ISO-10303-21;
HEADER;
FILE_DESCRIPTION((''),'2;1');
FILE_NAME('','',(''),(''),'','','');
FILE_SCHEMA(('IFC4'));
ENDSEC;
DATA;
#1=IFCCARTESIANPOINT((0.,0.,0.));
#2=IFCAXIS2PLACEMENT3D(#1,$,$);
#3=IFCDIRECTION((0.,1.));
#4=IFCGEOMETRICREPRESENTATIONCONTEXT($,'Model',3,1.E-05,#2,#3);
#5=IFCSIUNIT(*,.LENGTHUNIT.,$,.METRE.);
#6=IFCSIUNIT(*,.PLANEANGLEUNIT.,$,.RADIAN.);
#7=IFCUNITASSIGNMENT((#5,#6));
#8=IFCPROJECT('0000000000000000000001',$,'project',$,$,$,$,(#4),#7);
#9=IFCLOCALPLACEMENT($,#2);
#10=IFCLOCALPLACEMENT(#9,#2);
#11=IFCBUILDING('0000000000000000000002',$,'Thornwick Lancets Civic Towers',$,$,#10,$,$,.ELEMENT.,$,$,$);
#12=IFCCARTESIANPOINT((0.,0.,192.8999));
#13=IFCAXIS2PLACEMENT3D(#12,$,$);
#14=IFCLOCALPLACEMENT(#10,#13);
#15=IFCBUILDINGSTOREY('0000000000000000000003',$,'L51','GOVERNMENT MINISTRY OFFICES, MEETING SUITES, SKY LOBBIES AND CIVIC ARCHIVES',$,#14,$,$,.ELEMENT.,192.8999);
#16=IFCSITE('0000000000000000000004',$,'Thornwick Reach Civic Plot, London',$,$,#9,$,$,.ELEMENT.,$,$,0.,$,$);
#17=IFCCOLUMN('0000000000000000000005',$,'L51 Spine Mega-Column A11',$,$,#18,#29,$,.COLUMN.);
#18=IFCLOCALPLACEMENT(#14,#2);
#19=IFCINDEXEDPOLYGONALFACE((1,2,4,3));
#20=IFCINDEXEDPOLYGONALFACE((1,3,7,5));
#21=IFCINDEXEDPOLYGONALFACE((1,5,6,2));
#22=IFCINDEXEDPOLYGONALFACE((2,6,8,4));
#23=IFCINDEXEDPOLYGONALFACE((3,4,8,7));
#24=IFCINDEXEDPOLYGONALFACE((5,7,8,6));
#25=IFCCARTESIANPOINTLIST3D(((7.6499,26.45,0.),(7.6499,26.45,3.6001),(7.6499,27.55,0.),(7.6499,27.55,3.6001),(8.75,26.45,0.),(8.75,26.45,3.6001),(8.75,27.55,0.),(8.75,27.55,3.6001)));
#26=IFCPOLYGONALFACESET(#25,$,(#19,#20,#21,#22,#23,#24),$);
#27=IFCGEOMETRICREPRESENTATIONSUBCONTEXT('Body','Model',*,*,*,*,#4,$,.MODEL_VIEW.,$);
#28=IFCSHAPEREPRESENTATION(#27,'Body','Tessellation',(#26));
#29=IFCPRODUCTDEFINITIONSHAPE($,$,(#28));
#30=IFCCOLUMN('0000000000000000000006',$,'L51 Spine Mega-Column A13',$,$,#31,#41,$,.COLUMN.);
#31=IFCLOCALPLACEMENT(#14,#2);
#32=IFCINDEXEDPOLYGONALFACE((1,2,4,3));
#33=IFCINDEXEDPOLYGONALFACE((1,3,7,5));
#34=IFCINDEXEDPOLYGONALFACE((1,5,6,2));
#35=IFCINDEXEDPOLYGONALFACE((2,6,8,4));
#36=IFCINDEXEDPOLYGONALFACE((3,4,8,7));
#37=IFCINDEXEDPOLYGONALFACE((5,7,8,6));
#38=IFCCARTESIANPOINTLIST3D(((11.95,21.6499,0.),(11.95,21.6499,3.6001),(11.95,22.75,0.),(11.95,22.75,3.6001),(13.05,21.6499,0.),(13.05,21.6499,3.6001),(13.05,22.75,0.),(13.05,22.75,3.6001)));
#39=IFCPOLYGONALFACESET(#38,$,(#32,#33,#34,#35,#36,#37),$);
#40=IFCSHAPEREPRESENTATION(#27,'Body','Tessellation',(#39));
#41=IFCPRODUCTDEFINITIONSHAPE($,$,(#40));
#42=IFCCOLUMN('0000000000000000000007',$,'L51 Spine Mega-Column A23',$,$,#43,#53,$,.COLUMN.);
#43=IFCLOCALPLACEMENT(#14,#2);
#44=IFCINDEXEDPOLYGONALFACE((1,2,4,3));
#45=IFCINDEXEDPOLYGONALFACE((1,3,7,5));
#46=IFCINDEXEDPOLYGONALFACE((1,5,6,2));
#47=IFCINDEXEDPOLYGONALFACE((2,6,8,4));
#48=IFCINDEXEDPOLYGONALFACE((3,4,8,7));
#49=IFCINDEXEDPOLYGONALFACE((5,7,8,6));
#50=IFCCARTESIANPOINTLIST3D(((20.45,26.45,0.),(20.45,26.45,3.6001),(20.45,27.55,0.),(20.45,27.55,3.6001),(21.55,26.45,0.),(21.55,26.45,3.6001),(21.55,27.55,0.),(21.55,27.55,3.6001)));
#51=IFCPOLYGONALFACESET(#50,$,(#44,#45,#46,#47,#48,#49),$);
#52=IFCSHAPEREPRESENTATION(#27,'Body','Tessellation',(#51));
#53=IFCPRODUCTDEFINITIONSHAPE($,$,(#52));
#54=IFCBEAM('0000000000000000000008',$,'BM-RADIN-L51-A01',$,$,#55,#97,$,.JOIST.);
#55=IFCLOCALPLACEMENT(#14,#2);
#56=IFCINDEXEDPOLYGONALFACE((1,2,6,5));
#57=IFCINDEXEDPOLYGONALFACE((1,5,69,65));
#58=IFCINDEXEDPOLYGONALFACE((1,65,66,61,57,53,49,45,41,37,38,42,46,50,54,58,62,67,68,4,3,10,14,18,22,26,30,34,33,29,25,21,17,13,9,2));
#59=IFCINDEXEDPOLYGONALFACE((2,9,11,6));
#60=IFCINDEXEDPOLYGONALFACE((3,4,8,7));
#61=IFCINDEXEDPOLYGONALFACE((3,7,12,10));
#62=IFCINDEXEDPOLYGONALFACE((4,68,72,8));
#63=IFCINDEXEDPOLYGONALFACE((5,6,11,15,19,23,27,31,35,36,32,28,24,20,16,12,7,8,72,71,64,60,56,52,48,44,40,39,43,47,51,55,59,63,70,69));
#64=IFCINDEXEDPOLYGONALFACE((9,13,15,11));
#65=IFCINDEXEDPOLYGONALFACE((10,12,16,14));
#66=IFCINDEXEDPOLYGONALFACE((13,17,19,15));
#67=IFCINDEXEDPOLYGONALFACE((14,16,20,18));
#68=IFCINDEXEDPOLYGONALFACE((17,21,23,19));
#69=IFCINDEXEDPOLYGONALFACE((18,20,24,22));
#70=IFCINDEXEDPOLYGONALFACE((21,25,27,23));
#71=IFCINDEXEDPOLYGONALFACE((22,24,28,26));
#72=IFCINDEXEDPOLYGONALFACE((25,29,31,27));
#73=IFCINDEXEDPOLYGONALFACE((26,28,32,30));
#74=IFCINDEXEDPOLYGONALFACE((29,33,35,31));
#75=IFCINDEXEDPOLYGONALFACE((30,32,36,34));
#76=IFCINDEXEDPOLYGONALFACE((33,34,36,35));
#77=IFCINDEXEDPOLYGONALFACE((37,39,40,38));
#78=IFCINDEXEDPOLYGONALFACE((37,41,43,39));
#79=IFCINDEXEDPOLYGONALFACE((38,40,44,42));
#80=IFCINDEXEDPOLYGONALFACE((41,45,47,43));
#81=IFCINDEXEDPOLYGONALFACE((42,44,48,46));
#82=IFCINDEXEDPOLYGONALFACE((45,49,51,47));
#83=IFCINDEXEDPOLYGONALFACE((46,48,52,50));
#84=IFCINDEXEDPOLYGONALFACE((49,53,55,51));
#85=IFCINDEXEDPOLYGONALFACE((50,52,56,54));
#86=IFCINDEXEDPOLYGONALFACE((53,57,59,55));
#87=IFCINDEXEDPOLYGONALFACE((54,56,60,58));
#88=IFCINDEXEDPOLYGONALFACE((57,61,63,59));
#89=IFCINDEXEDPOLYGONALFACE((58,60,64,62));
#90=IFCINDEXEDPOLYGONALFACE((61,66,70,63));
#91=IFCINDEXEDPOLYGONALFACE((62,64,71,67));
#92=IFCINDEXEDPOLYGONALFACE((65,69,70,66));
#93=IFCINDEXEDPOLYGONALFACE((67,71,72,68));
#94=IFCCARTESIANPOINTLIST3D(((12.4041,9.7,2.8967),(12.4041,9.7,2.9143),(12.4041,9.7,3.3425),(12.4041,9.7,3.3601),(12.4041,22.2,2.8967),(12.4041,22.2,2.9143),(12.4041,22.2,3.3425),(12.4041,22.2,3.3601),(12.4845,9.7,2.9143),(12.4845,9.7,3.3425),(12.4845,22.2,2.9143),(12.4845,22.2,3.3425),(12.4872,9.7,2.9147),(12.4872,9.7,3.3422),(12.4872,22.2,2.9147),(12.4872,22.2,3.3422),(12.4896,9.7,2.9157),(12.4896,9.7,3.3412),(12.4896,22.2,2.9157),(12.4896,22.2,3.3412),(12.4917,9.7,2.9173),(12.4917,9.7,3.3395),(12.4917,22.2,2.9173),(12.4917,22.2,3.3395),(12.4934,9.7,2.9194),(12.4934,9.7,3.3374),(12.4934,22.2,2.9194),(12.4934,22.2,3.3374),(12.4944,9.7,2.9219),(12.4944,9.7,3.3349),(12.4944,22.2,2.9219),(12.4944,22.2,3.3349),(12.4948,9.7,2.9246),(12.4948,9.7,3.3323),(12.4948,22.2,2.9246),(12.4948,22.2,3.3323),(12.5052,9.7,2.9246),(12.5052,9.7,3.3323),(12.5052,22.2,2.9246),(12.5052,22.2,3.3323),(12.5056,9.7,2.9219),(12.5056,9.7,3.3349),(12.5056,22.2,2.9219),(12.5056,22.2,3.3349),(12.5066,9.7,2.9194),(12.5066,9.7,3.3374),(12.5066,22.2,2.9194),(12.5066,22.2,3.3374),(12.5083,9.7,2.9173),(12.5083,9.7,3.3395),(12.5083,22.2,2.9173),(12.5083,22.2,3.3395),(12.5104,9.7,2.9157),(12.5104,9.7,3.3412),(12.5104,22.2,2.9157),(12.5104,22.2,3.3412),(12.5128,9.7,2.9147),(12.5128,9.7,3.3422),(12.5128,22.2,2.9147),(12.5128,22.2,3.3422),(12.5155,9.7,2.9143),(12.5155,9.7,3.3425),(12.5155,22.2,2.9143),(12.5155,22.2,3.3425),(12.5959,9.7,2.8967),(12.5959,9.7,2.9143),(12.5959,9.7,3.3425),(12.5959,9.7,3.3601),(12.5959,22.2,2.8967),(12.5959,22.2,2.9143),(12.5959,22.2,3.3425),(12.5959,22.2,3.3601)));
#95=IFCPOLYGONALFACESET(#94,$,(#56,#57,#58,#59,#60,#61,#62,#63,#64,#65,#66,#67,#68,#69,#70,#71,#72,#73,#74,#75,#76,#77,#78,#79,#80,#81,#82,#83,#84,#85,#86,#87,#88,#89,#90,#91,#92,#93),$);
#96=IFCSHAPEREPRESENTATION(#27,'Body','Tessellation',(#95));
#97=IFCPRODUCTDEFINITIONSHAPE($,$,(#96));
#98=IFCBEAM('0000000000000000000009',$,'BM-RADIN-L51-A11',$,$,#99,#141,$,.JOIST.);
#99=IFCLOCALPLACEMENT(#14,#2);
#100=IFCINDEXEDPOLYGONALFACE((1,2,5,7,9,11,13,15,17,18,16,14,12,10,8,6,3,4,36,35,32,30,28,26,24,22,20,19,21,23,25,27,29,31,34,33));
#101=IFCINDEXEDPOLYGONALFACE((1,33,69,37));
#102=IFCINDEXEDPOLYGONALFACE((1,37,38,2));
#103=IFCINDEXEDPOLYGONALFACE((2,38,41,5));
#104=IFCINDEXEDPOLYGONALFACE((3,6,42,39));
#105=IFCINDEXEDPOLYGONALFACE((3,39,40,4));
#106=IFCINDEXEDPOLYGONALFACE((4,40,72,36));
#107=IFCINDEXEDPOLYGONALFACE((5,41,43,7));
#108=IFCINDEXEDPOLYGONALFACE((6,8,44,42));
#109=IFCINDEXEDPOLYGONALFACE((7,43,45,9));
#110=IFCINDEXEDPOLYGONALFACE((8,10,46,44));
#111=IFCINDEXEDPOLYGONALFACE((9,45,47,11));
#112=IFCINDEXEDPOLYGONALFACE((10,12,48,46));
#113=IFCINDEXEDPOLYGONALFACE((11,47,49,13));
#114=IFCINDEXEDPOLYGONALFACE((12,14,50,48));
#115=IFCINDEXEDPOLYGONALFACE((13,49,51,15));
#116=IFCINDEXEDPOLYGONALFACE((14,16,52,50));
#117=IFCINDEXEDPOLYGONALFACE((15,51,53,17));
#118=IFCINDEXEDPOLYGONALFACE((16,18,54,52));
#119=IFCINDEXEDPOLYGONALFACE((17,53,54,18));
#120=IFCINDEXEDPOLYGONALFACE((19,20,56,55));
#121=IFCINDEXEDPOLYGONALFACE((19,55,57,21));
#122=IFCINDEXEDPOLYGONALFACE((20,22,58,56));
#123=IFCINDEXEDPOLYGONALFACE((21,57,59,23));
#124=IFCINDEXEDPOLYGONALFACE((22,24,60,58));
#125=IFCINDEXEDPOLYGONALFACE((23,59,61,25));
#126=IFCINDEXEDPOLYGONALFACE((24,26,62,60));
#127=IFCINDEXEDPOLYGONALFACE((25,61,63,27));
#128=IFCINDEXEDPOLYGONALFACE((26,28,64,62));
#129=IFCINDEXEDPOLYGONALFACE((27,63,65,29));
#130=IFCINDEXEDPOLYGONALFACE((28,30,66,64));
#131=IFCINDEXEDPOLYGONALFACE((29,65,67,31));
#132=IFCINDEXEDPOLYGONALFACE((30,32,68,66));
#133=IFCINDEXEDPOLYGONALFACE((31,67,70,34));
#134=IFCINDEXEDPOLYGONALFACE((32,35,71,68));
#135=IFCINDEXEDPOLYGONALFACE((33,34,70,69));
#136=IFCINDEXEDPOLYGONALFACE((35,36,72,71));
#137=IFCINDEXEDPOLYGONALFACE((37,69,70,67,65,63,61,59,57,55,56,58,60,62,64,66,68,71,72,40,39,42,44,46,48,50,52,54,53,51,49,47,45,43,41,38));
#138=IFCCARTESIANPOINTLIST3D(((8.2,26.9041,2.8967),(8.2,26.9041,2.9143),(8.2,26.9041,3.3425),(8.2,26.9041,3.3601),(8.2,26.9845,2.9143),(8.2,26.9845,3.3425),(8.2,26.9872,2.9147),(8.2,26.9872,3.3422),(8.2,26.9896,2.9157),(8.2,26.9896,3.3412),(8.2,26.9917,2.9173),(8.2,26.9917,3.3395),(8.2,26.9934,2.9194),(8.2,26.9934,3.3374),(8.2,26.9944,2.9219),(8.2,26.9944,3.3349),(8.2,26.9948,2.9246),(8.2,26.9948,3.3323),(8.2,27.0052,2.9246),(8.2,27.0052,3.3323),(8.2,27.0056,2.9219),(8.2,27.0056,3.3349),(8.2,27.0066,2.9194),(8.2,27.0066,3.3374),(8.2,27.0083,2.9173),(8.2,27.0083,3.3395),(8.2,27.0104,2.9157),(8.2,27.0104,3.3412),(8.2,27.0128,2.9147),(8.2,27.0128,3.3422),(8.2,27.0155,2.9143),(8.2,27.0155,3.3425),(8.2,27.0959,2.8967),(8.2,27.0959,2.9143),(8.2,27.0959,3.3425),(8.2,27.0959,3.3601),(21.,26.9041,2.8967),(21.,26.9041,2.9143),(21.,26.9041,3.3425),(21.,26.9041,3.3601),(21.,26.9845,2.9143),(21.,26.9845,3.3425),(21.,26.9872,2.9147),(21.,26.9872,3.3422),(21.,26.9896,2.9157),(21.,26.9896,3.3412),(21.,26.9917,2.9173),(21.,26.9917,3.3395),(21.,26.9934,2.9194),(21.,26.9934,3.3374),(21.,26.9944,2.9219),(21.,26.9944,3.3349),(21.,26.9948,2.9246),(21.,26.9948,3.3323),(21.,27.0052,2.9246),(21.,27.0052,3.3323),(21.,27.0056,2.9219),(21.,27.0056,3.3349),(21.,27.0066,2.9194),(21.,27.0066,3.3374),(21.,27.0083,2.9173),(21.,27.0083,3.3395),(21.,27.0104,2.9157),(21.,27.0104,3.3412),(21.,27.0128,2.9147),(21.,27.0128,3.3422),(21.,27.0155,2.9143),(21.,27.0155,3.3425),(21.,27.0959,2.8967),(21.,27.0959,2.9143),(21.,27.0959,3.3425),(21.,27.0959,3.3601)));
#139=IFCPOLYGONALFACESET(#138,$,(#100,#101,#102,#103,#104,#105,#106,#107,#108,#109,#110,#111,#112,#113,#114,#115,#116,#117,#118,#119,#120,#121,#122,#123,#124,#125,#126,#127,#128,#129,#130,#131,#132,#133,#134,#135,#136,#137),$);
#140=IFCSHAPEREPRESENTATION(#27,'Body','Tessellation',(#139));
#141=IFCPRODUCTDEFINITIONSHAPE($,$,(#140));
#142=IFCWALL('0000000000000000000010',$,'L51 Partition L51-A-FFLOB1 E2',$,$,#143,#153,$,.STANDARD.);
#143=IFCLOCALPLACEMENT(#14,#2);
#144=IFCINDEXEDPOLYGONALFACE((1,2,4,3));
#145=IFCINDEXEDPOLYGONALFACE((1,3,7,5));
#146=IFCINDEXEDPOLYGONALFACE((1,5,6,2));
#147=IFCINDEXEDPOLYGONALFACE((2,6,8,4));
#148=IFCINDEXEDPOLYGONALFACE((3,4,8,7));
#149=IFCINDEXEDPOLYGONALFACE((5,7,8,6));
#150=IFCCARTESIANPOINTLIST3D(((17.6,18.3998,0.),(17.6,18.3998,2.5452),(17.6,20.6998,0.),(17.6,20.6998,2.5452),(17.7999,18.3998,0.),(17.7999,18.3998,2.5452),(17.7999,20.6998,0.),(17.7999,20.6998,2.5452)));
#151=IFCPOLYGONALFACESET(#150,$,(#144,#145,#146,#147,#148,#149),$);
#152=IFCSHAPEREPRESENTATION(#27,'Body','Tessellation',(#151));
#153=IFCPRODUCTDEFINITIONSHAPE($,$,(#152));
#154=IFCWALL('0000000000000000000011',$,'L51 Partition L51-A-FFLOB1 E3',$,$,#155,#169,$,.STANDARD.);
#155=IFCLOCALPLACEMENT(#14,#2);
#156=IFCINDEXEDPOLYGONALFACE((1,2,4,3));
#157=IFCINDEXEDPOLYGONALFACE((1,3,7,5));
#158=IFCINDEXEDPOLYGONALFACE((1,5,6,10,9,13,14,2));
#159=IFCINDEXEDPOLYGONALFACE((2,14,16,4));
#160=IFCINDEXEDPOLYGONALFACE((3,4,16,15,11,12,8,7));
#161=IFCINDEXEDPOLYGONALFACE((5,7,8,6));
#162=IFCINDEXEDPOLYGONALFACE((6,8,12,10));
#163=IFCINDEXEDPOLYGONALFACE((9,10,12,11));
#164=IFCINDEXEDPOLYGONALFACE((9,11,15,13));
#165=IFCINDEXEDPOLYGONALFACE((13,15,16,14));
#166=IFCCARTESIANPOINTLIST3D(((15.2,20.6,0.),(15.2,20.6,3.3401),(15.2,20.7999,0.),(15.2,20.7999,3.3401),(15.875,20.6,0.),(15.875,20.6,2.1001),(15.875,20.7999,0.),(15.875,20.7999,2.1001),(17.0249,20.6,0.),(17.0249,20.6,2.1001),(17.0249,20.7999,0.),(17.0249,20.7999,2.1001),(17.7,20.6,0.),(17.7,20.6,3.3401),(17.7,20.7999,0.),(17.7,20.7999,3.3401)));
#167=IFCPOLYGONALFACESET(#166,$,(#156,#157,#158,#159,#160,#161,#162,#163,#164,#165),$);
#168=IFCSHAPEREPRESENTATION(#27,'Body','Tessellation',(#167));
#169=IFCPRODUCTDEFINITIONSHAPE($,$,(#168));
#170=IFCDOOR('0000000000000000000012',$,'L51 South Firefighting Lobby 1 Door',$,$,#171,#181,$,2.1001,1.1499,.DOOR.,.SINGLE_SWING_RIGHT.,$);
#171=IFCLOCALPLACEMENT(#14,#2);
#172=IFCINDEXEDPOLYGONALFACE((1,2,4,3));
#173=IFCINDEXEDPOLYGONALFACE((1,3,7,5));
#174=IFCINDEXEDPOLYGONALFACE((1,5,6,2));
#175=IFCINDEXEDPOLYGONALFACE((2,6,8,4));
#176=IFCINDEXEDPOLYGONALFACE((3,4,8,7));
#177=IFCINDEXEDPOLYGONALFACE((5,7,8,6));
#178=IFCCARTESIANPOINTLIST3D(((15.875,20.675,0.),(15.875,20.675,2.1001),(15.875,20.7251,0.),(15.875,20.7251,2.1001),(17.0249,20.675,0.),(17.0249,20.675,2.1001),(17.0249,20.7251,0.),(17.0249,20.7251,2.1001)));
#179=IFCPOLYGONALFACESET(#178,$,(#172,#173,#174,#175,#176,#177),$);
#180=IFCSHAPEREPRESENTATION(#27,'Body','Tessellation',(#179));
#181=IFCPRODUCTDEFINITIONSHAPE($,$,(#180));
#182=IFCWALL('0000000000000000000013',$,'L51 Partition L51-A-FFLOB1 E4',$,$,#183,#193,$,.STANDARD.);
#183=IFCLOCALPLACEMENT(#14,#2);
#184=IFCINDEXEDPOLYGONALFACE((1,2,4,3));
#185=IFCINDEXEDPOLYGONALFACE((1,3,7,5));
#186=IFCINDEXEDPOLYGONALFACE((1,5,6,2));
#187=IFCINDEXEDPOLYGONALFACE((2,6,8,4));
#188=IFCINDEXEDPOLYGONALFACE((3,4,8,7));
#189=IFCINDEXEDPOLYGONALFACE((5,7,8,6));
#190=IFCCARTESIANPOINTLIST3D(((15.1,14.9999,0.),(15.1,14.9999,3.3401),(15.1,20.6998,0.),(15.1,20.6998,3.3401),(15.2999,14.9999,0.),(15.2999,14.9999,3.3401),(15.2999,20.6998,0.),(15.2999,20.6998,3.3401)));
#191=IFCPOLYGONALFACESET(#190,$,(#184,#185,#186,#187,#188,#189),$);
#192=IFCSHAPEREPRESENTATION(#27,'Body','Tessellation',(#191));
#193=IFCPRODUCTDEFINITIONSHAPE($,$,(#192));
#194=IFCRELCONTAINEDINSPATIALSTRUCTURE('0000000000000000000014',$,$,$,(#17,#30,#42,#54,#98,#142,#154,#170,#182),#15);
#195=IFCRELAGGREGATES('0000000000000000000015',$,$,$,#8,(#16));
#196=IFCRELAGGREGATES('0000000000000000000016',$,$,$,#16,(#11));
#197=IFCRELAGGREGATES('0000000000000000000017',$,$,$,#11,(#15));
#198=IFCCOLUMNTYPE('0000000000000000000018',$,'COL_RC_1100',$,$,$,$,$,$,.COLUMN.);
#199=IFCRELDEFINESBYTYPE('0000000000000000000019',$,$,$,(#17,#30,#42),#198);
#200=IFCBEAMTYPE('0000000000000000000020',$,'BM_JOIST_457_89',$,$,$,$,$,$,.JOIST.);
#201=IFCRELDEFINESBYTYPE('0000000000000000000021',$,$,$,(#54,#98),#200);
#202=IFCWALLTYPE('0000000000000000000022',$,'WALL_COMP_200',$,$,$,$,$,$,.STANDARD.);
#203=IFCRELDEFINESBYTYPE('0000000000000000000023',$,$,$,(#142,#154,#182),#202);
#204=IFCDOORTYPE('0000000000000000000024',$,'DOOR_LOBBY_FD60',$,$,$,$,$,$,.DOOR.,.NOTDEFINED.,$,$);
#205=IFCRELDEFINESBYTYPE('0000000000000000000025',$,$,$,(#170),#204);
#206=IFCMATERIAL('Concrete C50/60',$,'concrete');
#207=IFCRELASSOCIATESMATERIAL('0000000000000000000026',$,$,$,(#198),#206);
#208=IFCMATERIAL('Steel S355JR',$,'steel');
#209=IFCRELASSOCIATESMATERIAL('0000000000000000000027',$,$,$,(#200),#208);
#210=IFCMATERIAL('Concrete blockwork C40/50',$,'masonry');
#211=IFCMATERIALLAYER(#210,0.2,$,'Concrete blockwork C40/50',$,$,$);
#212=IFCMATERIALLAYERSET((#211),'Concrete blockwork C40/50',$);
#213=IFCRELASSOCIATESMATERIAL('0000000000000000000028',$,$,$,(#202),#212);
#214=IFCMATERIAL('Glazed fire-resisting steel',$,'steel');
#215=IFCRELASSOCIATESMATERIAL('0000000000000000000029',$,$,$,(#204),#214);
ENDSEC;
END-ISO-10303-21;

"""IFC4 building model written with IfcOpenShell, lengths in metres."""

from ifc_helpers import new_model, si_unit, direction, frame, frame_2d, origin, origin_2d, place, context, subcontext, project, spatial, rectangle, i_section, extrude, material, layer, layer_set, material_profile, profile_set, type_object, element, fill, save


model = new_model("IFC4")

# Units and contexts
model_context = context("Model", 3, precision=1e-05, world=origin(), true_north=direction((0.0, 1.0)))
body_context = subcontext(model_context, "Body", "Model", "MODEL_VIEW")
ifc_project = project(units=[si_unit("LENGTHUNIT", "METRE"), si_unit("PLANEANGLEUNIT", "RADIAN")], contexts=[model_context])

# Site, building, storey
site_placement = place(None, origin())
site = spatial("IfcSite", under=ifc_project, at=site_placement, Name="Thornwick Reach Civic Plot, London", CompositionType="ELEMENT", RefElevation=0.0)
building_placement = place(site_placement, origin())
building = spatial("IfcBuilding", under=site, at=building_placement, Name="Thornwick Lancets Civic Towers", CompositionType="ELEMENT")
storey_placement = place(building_placement, frame((0.0, 0.0, 192.8999)))
storey = spatial("IfcBuildingStorey", under=building, at=storey_placement, Name="L51", Description="GOVERNMENT MINISTRY OFFICES, MEETING SUITES, SKY LOBBIES AND CIVIC ARCHIVES", CompositionType="ELEMENT", Elevation=192.8999)

# Columns
ifc_material_1 = material(Name="Concrete C50/60", Category="concrete")
ifc_material_profile_1 = material_profile(ifc_material_1, rectangle(XDim=1.1001, YDim=1.1001, at=origin_2d()), Name="RC 1100x1100")
ifc_profile_set_1 = profile_set([ifc_material_profile_1], Name="Concrete C50/60")
column_type = type_object("IfcColumnType", Name="COL_RC_1100", PredefinedType="COLUMN", material=ifc_profile_set_1)
for number, where, z_axis, x_axis, name in (
    (1, (8.2, 27.0, 0.0), (0.0, 0.0, 1.0), (1.0, 0.0, 0.0), "L51 Spine Mega-Column A11"),
    (2, (12.5, 22.2, 0.0), (0.0, 0.0, 1.0), (1.0, 0.0, 0.0), "L51 Spine Mega-Column A13"),
    (3, (21.0, 27.0, 0.0), (0.0, 0.0, 1.0), (1.0, 0.0, 0.0), "L51 Spine Mega-Column A23"),
):
    element("IfcColumn", number, at=place(storey_placement, frame(where, z_axis=z_axis, x_axis=x_axis)), inside=storey, type_object=column_type, Name=name, PredefinedType="COLUMN", context=body_context, shape_type="SweptSolid", body=[
        extrude(rectangle(XDim=1.1001, YDim=1.1001, at=origin_2d()), origin(), (0.0, 0.0, 1.0), 3.6001),
    ])

# Beams
ifc_material_2 = material(Name="Steel S355JR", Category="steel")
ifc_material_profile_2 = material_profile(ifc_material_2, i_section(OverallWidth=0.1919, OverallDepth=0.4634, WebThickness=0.0105, FlangeThickness=0.0176, FilletRadius=0.0103, at=origin_2d()), Name="UKB 457x191x89")
ifc_profile_set_2 = profile_set([ifc_material_profile_2], Name="Steel S355JR")
beam_type = type_object("IfcBeamType", Name="BM_JOIST_457_89", PredefinedType="JOIST", material=ifc_profile_set_2)
beam_1_placement = place(storey_placement, frame((12.5, 22.2, 3.1284), z_axis=(0.0, -1.0, 0.0), x_axis=(1.0, 0.0, 0.0)))
element("IfcBeam", 4, at=beam_1_placement, inside=storey, type_object=beam_type, Name="BM-RADIN-L51-A01", PredefinedType="JOIST", context=body_context, shape_type="SweptSolid", body=[
    extrude(i_section(OverallWidth=0.1919, OverallDepth=0.4634, WebThickness=0.0105, FlangeThickness=0.0176, FilletRadius=0.0103, at=origin_2d()), origin(), (0.0, 0.0, 1.0), 12.5),
])
beam_2_placement = place(storey_placement, frame((21.0, 27.0, 3.1284), z_axis=(-1.0, 0.0, 0.0), x_axis=(0.0, -1.0, 0.0)))
element("IfcBeam", 5, at=beam_2_placement, inside=storey, type_object=beam_type, Name="BM-RADIN-L51-A11", PredefinedType="JOIST", context=body_context, shape_type="SweptSolid", body=[
    extrude(i_section(OverallWidth=0.1919, OverallDepth=0.4634, WebThickness=0.0105, FlangeThickness=0.0176, FilletRadius=0.0103, at=origin_2d()), origin(), (0.0, 0.0, 1.0), 12.8),
])

# Wall
ifc_material_3 = material(Name="Concrete blockwork C40/50", Category="masonry")
ifc_layer_1 = layer(ifc_material_3, 0.2, Name="Concrete blockwork C40/50")
ifc_layer_set_1 = layer_set([ifc_layer_1], Name="Concrete blockwork C40/50")
wall_type_1 = type_object("IfcWallType", Name="WALL_COMP_200", PredefinedType="STANDARD", material=ifc_layer_set_1)
wall_1_placement = place(storey_placement, frame((17.7, 18.3999, 0.0), z_axis=(0.0, 0.0, 1.0), x_axis=(0.0, 1.0, 0.0)))
element("IfcWall", 6, at=wall_1_placement, inside=storey, type_object=wall_type_1, Name="L51 Partition L51-A-FFLOB1 E2", PredefinedType="STANDARD", context=body_context, shape_type="SweptSolid", body=[
    extrude(rectangle(XDim=2.3, YDim=0.2, at=frame_2d((1.1499, 0.0))), origin(), (0.0, 0.0, 1.0), 2.5452),
])

# Wall, opening, door
wall_2_placement = place(storey_placement, frame((17.7, 20.7, 0.0), z_axis=(0.0, 0.0, 1.0), x_axis=(-1.0, 0.0, 0.0)))
wall_2 = element("IfcWall", 7, at=wall_2_placement, inside=storey, type_object=wall_type_1, Name="L51 Partition L51-A-FFLOB1 E3", PredefinedType="STANDARD", context=body_context, shape_type="SweptSolid", body=[
    extrude(rectangle(XDim=2.5, YDim=0.2, at=frame_2d((1.25, 0.0))), origin(), (0.0, 0.0, 1.0), 3.3401),
])
opening_1_placement = place(wall_2_placement, frame((0.675, 0.0, 0.0)))
opening_1 = element("IfcOpeningElement", 8, at=opening_1_placement, cuts=wall_2, PredefinedType="OPENING", context=body_context, shape_type="SweptSolid", body=[
    extrude(rectangle(XDim=1.1499, YDim=2.1001, at=frame_2d((0.575, 1.05))), frame((0.0, 0.1099, 0.0), z_axis=(0.0, -1.0, 0.0), x_axis=(1.0, 0.0, 0.0)), (0.0, 0.0, 1.0), 0.22),
])
ifc_material_4 = material(Name="Glazed fire-resisting steel", Category="steel")
door_type_1 = type_object("IfcDoorType", Name="DOOR_LOBBY_FD60", OperationType="NOTDEFINED", PredefinedType="DOOR", material=ifc_material_4)
door_1_placement = place(opening_1_placement, origin())
door_1 = element("IfcDoor", 9, at=door_1_placement, inside=storey, type_object=door_type_1, Name="L51 South Firefighting Lobby 1 Door", OperationType="SINGLE_SWING_RIGHT", OverallHeight=2.1001, OverallWidth=1.1499, PredefinedType="DOOR", context=body_context, shape_type="SweptSolid", body=[
    extrude(rectangle(XDim=1.1499, YDim=2.1001, at=frame_2d((0.575, 1.05))), frame((0.0, 0.0249, 0.0), z_axis=(0.0, -1.0, 0.0), x_axis=(1.0, 0.0, 0.0)), (0.0, 0.0, 1.0), 0.05),
])
fill(opening_1, door_1)

# Wall
wall_3_placement = place(storey_placement, frame((15.2, 20.7, 0.0), z_axis=(0.0, 0.0, 1.0), x_axis=(0.0, -1.0, 0.0)))
element("IfcWall", 10, at=wall_3_placement, inside=storey, type_object=wall_type_1, Name="L51 Partition L51-A-FFLOB1 E4", PredefinedType="STANDARD", context=body_context, shape_type="SweptSolid", body=[
    extrude(rectangle(XDim=5.7, YDim=0.2, at=frame_2d((2.8501, 0.0))), origin(), (0.0, 0.0, 1.0), 3.3401),
])

save(model, "model.ifc")
